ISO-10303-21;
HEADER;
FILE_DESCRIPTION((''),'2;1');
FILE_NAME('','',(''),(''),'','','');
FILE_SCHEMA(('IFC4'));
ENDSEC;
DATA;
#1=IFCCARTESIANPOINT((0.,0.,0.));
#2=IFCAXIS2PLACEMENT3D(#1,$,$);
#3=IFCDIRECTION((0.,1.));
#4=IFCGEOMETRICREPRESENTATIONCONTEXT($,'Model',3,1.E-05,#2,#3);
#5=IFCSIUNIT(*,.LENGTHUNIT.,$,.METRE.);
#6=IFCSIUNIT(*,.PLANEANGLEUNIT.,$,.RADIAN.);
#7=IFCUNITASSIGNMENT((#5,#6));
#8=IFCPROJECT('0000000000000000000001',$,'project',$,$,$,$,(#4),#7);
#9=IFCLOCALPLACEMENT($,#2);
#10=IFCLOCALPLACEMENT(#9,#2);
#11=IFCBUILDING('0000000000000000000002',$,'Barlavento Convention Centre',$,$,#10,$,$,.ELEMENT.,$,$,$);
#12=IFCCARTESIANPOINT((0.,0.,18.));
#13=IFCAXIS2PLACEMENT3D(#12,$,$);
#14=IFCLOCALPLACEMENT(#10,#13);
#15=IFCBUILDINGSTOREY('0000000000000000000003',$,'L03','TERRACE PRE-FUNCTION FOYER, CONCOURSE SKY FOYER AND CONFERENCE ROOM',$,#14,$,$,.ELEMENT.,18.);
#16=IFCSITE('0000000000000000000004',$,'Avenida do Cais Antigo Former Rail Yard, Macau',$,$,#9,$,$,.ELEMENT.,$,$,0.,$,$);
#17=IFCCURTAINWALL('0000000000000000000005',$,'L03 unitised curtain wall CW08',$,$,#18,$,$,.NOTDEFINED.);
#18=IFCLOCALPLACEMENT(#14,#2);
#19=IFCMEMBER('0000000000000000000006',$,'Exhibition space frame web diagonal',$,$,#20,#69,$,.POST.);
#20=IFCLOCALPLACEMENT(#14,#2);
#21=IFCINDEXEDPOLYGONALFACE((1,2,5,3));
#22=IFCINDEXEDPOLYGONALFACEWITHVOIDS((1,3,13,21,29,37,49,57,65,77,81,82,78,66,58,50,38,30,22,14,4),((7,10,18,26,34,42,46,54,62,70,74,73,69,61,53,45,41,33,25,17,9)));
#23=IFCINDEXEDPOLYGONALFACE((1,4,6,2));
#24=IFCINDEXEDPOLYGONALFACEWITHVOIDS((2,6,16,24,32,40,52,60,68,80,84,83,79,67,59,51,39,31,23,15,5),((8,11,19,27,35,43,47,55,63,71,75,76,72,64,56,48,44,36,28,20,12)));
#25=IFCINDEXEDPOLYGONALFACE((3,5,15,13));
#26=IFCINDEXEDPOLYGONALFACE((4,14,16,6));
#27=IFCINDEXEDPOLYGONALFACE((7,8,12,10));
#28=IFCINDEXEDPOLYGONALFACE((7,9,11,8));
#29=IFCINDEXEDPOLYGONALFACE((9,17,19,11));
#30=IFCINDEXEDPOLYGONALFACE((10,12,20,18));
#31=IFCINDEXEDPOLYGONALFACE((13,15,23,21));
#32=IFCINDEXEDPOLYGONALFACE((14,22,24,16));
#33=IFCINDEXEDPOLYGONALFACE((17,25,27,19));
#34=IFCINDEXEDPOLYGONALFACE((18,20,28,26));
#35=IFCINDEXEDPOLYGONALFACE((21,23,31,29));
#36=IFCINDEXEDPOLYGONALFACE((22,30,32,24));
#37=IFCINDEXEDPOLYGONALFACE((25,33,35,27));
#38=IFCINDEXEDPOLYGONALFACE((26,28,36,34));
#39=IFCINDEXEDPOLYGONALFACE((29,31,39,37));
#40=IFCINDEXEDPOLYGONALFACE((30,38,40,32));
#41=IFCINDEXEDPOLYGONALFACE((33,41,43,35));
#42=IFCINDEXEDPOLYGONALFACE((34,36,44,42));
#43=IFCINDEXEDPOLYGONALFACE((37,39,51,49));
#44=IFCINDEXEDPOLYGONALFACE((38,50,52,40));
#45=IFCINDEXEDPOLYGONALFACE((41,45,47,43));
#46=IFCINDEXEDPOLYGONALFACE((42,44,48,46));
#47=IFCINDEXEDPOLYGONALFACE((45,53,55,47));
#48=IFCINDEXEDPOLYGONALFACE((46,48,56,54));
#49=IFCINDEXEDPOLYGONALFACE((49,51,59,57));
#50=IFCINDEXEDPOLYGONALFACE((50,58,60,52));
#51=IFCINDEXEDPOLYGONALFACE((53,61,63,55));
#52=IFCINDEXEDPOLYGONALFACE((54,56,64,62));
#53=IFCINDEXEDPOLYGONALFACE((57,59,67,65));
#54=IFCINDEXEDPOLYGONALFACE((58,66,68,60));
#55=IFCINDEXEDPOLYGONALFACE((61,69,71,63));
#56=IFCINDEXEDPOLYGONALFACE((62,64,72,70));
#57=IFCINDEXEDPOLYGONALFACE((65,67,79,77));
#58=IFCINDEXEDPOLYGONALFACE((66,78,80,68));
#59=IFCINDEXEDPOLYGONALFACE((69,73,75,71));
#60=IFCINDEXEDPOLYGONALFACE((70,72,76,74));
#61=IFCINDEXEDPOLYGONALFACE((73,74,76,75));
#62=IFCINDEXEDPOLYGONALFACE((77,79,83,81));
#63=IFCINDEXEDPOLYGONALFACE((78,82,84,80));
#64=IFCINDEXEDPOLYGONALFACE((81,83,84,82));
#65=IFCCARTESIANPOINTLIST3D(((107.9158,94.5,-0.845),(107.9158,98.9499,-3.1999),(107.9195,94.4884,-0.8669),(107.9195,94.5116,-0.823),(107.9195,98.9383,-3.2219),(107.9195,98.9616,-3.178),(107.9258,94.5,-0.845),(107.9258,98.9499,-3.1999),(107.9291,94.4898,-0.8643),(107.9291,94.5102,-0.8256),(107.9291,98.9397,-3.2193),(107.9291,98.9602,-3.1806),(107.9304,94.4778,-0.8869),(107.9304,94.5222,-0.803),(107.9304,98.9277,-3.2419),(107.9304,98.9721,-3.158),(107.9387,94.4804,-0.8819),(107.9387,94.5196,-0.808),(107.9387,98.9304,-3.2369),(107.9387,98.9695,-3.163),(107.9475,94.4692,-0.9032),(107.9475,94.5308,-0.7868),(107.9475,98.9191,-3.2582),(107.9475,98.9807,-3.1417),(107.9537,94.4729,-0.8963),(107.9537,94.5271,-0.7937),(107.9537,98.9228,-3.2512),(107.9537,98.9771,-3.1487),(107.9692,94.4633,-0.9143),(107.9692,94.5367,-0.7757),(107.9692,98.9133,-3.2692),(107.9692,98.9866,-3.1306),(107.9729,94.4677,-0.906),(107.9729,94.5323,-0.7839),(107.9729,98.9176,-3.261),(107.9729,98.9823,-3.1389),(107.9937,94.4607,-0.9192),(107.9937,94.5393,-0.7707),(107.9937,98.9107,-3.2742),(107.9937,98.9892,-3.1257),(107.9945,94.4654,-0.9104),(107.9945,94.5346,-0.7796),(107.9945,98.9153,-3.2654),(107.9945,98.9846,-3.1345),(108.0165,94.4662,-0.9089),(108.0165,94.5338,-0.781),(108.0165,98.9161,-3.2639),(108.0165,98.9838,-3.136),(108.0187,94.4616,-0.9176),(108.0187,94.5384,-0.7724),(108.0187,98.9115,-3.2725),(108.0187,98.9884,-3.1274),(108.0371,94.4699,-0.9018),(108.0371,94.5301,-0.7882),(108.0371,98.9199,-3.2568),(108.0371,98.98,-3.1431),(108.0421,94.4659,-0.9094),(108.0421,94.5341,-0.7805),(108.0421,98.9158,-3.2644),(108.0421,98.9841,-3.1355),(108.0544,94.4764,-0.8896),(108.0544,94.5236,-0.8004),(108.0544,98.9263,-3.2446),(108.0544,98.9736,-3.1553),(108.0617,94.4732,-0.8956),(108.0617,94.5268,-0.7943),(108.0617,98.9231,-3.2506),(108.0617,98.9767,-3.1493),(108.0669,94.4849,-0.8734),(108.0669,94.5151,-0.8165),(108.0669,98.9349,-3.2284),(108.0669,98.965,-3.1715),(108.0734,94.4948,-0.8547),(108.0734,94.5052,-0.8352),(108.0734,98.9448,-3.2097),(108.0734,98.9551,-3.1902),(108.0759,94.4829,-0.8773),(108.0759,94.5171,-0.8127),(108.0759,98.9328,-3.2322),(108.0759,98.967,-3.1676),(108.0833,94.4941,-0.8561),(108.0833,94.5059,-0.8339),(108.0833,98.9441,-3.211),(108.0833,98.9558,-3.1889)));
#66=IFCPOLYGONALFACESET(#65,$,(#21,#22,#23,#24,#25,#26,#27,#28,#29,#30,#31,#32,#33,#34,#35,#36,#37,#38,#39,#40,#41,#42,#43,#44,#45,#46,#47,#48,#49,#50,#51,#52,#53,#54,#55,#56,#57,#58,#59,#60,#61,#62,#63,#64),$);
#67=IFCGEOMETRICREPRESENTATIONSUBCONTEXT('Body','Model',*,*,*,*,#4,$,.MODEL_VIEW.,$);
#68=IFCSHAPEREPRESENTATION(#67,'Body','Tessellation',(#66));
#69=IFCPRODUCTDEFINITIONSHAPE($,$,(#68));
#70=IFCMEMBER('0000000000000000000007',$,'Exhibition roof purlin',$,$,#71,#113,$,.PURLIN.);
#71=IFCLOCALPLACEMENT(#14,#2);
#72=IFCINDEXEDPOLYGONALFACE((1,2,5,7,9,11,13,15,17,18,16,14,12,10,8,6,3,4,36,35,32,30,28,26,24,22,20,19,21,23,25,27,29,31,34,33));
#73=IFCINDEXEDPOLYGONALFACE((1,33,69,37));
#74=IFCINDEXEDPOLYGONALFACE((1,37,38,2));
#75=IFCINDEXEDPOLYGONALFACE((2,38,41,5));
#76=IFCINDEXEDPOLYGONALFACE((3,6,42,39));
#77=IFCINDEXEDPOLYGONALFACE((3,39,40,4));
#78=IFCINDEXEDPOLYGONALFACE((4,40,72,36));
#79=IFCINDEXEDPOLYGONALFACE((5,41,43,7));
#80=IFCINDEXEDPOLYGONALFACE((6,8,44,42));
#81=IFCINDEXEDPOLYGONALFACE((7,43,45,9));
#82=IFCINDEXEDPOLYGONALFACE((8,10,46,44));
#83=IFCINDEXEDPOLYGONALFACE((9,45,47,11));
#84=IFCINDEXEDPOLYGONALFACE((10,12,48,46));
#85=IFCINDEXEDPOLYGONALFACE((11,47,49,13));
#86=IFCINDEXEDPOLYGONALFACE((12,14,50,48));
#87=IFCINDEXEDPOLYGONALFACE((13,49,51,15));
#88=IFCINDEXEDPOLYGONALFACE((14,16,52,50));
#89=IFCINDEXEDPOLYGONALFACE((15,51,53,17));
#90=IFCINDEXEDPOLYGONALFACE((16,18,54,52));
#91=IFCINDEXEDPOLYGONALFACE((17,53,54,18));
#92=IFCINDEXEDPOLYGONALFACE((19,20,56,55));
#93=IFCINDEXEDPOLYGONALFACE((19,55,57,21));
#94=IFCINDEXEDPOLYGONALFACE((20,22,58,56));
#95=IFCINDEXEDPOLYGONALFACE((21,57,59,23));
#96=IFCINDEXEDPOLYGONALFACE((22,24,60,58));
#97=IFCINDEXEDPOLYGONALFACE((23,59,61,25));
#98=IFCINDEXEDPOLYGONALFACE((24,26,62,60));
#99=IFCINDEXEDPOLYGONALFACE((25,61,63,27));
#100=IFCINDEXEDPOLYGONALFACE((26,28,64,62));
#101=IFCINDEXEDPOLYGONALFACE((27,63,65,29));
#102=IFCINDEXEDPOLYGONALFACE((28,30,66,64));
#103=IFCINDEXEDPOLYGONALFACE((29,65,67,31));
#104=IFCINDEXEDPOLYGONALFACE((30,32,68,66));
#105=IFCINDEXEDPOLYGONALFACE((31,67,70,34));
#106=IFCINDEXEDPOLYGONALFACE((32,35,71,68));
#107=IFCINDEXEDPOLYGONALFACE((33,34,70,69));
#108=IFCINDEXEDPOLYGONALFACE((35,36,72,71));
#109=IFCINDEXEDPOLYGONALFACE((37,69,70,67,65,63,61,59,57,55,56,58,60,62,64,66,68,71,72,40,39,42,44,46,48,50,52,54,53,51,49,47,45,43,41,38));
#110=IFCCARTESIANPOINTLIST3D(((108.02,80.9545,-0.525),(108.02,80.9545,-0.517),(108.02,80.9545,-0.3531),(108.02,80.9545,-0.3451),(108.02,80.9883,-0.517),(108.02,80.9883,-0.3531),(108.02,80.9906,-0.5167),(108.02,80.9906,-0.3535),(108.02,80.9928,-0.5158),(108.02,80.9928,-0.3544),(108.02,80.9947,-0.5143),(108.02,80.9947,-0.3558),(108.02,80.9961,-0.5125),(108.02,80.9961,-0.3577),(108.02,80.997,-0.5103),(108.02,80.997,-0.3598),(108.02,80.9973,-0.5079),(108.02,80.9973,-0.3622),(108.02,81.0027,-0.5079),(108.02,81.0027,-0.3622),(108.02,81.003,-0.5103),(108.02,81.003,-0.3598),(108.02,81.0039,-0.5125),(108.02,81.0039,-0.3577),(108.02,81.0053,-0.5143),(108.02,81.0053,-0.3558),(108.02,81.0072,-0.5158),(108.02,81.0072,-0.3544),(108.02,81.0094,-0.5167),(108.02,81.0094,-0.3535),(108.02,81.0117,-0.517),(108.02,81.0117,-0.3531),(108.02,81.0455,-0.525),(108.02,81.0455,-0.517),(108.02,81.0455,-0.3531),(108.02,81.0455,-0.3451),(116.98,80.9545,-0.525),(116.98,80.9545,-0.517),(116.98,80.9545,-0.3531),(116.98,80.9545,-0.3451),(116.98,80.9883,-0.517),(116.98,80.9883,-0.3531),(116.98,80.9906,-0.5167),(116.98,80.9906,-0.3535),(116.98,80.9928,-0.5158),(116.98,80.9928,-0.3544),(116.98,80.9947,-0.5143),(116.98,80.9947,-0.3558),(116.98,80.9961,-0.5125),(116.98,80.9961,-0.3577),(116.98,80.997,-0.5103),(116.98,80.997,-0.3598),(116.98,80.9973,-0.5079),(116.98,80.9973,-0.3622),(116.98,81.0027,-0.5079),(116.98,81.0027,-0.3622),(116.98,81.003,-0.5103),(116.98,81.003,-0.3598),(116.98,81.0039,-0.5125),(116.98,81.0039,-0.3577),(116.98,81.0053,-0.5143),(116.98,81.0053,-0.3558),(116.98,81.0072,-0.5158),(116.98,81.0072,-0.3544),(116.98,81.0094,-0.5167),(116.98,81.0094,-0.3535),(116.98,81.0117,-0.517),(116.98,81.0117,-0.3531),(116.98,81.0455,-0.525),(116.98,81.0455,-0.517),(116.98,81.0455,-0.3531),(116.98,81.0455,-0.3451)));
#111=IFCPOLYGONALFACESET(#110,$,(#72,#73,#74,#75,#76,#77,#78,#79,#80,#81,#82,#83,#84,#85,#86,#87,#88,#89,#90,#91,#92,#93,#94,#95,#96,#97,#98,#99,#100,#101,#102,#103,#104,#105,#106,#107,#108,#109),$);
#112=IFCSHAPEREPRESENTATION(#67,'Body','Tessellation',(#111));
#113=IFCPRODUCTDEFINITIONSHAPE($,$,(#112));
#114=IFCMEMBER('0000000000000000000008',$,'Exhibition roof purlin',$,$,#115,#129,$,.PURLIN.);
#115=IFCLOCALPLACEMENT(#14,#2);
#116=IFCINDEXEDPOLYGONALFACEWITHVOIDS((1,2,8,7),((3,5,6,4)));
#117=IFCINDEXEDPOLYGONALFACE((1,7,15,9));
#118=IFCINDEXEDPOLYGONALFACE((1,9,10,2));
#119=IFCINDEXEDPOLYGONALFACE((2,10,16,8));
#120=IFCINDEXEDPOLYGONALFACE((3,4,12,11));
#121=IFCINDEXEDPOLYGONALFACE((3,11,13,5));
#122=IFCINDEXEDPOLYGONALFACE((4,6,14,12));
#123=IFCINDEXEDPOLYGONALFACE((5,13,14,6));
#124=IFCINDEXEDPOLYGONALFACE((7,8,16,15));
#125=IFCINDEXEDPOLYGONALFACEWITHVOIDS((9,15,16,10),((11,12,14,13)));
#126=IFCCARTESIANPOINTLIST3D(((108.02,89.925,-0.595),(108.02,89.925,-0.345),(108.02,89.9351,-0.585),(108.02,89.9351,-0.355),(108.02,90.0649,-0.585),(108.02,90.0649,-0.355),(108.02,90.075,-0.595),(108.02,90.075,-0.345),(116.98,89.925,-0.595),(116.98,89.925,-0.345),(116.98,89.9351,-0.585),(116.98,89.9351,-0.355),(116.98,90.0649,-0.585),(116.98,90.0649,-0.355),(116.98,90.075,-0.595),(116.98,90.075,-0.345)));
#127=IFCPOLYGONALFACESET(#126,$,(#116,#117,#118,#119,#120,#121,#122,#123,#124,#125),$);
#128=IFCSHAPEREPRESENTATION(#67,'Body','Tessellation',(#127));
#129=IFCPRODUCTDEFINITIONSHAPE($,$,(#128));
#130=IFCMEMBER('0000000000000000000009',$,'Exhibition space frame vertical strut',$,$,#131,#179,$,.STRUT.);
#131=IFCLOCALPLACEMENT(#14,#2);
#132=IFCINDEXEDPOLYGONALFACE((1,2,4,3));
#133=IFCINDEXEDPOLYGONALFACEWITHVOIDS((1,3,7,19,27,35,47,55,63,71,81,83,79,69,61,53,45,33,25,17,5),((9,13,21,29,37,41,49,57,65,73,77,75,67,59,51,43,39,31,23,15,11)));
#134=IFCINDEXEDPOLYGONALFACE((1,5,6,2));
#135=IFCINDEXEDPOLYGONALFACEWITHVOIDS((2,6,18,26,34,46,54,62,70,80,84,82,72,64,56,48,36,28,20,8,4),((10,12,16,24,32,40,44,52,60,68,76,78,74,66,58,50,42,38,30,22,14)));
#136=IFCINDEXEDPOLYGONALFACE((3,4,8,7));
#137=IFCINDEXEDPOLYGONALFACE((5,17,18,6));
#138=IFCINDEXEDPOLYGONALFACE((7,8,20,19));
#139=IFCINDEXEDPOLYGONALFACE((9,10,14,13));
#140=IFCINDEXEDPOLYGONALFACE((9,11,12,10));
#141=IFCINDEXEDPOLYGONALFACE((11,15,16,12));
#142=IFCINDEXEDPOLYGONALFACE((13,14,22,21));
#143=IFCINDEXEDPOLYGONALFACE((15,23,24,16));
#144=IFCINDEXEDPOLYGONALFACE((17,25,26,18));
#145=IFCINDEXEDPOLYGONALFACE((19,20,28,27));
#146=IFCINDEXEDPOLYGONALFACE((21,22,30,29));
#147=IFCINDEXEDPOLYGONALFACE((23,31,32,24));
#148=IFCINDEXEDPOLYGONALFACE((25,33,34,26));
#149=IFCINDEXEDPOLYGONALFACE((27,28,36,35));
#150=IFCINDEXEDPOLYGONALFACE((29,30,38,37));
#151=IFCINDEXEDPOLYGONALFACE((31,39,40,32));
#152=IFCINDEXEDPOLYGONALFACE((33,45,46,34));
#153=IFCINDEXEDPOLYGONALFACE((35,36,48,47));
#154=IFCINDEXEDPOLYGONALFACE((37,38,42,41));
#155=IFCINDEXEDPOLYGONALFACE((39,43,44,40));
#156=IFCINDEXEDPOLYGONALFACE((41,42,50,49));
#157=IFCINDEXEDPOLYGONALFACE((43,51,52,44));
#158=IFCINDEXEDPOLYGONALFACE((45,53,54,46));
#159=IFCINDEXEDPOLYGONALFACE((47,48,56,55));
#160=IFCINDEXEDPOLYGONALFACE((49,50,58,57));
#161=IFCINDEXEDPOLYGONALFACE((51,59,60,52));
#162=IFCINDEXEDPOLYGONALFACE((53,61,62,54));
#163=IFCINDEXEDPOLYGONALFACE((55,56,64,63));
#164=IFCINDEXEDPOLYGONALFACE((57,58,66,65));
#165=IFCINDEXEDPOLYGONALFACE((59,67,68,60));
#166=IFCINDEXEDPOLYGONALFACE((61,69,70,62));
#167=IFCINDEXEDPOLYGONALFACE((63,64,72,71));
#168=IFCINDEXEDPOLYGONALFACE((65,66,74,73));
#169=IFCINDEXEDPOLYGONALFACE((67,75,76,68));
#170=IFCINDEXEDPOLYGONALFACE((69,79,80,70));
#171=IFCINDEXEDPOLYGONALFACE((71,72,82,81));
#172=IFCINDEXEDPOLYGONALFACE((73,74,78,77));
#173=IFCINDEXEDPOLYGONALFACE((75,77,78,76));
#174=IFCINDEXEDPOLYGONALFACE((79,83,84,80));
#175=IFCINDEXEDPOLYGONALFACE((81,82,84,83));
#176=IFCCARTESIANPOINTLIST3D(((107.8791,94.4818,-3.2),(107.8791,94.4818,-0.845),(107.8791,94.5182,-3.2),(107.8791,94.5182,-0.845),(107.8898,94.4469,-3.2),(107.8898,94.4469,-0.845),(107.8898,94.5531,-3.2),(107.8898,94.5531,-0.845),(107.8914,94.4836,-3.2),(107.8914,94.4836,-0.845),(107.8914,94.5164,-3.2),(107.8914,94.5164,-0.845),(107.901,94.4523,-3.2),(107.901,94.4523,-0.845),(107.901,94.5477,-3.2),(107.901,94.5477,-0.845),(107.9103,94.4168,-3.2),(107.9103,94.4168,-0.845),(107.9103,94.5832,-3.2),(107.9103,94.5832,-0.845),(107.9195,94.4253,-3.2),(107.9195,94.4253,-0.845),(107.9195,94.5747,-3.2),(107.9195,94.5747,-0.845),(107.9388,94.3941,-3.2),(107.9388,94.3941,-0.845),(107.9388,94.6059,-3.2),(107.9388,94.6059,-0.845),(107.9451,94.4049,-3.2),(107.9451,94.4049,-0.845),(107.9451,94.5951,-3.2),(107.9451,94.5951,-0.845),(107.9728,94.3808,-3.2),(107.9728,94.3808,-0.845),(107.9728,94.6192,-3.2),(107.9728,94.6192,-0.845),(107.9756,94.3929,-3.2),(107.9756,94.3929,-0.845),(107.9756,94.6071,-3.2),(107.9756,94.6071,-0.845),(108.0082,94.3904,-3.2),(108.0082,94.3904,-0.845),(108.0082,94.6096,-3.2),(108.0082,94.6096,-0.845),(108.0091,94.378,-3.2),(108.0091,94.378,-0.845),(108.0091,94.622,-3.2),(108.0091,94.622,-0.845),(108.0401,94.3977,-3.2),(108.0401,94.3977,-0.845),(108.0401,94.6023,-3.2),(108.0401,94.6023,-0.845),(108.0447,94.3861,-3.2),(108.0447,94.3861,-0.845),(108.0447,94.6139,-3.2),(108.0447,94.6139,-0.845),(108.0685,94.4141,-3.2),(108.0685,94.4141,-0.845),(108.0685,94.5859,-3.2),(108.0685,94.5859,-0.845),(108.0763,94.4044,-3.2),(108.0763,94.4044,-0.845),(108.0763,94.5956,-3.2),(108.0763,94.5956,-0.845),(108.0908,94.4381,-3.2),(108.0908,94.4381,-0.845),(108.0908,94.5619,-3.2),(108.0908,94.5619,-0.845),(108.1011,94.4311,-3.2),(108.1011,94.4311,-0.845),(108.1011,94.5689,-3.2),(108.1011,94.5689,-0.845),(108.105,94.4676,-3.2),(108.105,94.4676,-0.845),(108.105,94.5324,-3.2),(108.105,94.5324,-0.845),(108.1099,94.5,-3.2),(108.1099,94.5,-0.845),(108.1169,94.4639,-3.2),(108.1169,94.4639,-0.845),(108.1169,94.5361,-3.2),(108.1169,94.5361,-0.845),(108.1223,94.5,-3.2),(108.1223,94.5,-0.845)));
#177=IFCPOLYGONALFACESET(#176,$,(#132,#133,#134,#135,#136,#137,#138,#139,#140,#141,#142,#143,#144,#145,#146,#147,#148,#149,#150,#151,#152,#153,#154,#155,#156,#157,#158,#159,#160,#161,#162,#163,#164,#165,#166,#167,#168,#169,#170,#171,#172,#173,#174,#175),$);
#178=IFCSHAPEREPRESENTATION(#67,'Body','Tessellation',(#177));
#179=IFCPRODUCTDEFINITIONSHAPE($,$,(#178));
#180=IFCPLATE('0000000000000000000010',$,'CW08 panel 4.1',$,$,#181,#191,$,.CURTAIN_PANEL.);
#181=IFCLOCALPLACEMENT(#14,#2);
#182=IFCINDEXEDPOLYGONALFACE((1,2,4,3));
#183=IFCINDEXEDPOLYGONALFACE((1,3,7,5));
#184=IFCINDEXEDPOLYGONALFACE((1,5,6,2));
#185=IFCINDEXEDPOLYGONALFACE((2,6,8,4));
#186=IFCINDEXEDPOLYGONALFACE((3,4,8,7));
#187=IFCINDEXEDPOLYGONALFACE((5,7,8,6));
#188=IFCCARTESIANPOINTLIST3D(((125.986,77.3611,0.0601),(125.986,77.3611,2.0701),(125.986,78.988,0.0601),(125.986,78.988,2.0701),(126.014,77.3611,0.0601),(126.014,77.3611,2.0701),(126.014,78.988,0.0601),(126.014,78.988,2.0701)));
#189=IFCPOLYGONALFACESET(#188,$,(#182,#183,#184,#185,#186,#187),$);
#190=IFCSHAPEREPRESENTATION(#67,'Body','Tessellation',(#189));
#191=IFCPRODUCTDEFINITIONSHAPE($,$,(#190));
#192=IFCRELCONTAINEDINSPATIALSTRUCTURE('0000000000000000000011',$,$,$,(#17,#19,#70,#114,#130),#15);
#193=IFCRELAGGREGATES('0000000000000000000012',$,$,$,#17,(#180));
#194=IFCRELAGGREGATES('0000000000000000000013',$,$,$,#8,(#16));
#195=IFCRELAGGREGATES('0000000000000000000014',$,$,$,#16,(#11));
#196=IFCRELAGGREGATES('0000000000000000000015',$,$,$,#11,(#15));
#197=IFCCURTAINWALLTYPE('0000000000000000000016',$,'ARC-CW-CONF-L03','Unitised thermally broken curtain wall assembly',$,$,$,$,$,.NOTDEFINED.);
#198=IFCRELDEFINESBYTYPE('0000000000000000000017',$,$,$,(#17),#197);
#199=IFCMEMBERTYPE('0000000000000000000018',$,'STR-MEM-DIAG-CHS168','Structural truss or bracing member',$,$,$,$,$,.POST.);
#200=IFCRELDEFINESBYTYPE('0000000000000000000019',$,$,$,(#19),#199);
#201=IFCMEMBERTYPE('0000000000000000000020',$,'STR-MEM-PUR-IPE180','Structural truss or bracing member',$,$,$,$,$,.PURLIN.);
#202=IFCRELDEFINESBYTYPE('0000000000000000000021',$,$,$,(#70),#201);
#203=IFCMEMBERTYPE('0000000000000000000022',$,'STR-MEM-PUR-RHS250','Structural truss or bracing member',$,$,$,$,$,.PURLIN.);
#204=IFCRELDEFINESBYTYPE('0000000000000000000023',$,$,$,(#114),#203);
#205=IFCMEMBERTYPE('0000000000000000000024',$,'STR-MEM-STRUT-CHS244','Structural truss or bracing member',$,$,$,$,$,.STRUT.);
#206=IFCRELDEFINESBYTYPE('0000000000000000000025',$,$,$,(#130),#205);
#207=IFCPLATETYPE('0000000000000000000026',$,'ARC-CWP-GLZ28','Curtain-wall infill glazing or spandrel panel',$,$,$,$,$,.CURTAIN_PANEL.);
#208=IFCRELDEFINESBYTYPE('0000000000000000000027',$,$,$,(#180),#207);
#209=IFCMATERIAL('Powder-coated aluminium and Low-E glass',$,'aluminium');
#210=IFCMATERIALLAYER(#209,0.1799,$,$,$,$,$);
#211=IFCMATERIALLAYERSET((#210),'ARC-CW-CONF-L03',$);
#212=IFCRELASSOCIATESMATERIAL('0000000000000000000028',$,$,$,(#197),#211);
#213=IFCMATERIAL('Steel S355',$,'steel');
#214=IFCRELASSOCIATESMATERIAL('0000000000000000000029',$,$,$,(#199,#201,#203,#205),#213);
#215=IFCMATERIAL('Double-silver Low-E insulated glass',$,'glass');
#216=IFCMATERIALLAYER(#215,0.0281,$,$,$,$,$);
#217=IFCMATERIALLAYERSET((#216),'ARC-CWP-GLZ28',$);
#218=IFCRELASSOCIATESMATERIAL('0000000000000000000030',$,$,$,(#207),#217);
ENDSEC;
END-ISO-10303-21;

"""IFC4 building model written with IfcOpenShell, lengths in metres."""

from ifc_helpers import new_model, si_unit, direction, frame, origin, origin_2d, place, context, subcontext, project, spatial, rectangle, hollow_rectangle, hollow_circle, i_section, extrude, material, layer, layer_set, material_profile, profile_set, type_object, element, aggregate, save


model = new_model("IFC4")

# Units and contexts
model_context = context("Model", 3, precision=1e-05, world=origin(), true_north=direction((0.0, 1.0)))
body_context = subcontext(model_context, "Body", "Model", "MODEL_VIEW")
ifc_project = project(units=[si_unit("LENGTHUNIT", "METRE"), si_unit("PLANEANGLEUNIT", "RADIAN")], contexts=[model_context])

# Site, building, storey
site_placement = place(None, origin())
site = spatial("IfcSite", under=ifc_project, at=site_placement, Name="Avenida do Cais Antigo Former Rail Yard, Macau", CompositionType="ELEMENT", RefElevation=0.0)
building_placement = place(site_placement, origin())
building = spatial("IfcBuilding", under=site, at=building_placement, Name="Barlavento Convention Centre", CompositionType="ELEMENT")
storey_placement = place(building_placement, frame((0.0, 0.0, 18.0)))
storey = spatial("IfcBuildingStorey", under=building, at=storey_placement, Name="L03", Description="TERRACE PRE-FUNCTION FOYER, CONCOURSE SKY FOYER AND CONFERENCE ROOM", CompositionType="ELEMENT", Elevation=18.0)

# Curtain wall
ifc_material_1 = material(Name="Powder-coated aluminium and Low-E glass", Category="aluminium")
ifc_layer_1 = layer(ifc_material_1, 0.1799)
ifc_layer_set_1 = layer_set([ifc_layer_1], Name="ARC-CW-CONF-L03")
curtain_wall_type = type_object("IfcCurtainWallType", Name="ARC-CW-CONF-L03", Description="Unitised thermally broken curtain wall assembly", PredefinedType="NOTDEFINED", material=ifc_layer_set_1)
curtain_wall_placement = place(storey_placement, origin())
curtain_wall = element("IfcCurtainWall", 1, at=curtain_wall_placement, inside=storey, type_object=curtain_wall_type, Name="L03 unitised curtain wall CW08", PredefinedType="NOTDEFINED")

# Shared definitions
ifc_material_2 = material(Name="Steel S355", Category="steel")

# Members
ifc_material_profile_1 = material_profile(ifc_material_2, hollow_circle(Radius=0.0842, WallThickness=0.01, at=origin_2d()), Name="CHS 168.3x10.0")
ifc_profile_set_1 = profile_set([ifc_material_profile_1], Name="Steel S355")
member_type_1 = type_object("IfcMemberType", Name="STR-MEM-DIAG-CHS168", Description="Structural truss or bracing member", PredefinedType="POST", material=ifc_profile_set_1)
member_1_placement = place(storey_placement, frame((108.0, 94.5, -0.845), z_axis=(0.0, 0.88386, -0.467752), x_axis=(-1.0, 0.0, 0.0)))
element("IfcMember", 2, at=member_1_placement, inside=storey, type_object=member_type_1, Name="Exhibition space frame web diagonal", PredefinedType="POST", context=body_context, shape_type="SweptSolid", body=[
    extrude(hollow_circle(Radius=0.0842, WallThickness=0.01, at=origin_2d()), origin(), (0.0, 0.0, 1.0), 5.0347),
])
ifc_material_profile_2 = material_profile(ifc_material_2, i_section(OverallWidth=0.0911, OverallDepth=0.1799, WebThickness=0.0054, FlangeThickness=0.0081, FilletRadius=0.009, at=origin_2d()), Name="IPE 180")
ifc_profile_set_2 = profile_set([ifc_material_profile_2], Name="Steel S355")
member_type_2 = type_object("IfcMemberType", Name="STR-MEM-PUR-IPE180", Description="Structural truss or bracing member", PredefinedType="PURLIN", material=ifc_profile_set_2)
member_2_placement = place(storey_placement, frame((108.02, 81.0, -0.4351), z_axis=(1.0, 0.0, 0.0), x_axis=(0.0, 1.0, 0.0)))
element("IfcMember", 3, at=member_2_placement, inside=storey, type_object=member_type_2, Name="Exhibition roof purlin", PredefinedType="PURLIN", context=body_context, shape_type="SweptSolid", body=[
    extrude(i_section(OverallWidth=0.0911, OverallDepth=0.1799, WebThickness=0.0054, FlangeThickness=0.0081, FilletRadius=0.009, at=origin_2d()), origin(), (0.0, 0.0, 1.0), 8.96),
])
ifc_material_profile_3 = material_profile(ifc_material_2, hollow_rectangle(XDim=0.1499, YDim=0.25, WallThickness=0.01, at=origin_2d()), Name="RHS 250x150x10.0")
ifc_profile_set_3 = profile_set([ifc_material_profile_3], Name="Steel S355")
member_type_3 = type_object("IfcMemberType", Name="STR-MEM-PUR-RHS250", Description="Structural truss or bracing member", PredefinedType="PURLIN", material=ifc_profile_set_3)
member_3_placement = place(storey_placement, frame((108.02, 90.0, -0.47), z_axis=(1.0, 0.0, 0.0), x_axis=(0.0, 1.0, 0.0)))
element("IfcMember", 4, at=member_3_placement, inside=storey, type_object=member_type_3, Name="Exhibition roof purlin", PredefinedType="PURLIN", context=body_context, shape_type="SweptSolid", body=[
    extrude(hollow_rectangle(XDim=0.1499, YDim=0.25, WallThickness=0.01, at=origin_2d()), origin(), (0.0, 0.0, 1.0), 8.96),
])
ifc_material_profile_4 = material_profile(ifc_material_2, hollow_circle(Radius=0.1223, WallThickness=0.0125, at=origin_2d()), Name="CHS 244.5x12.5")
ifc_profile_set_4 = profile_set([ifc_material_profile_4], Name="Steel S355")
member_type_4 = type_object("IfcMemberType", Name="STR-MEM-STRUT-CHS244", Description="Structural truss or bracing member", PredefinedType="STRUT", material=ifc_profile_set_4)
member_4_placement = place(storey_placement, frame((108.0, 94.5, -3.2), z_axis=(0.0, 0.0, 1.0), x_axis=(1.0, 0.0, 0.0)))
element("IfcMember", 5, at=member_4_placement, inside=storey, type_object=member_type_4, Name="Exhibition space frame vertical strut", PredefinedType="STRUT", context=body_context, shape_type="SweptSolid", body=[
    extrude(hollow_circle(Radius=0.1223, WallThickness=0.0125, at=origin_2d()), origin(), (0.0, 0.0, 1.0), 2.355),
])

# Plate
ifc_material_3 = material(Name="Double-silver Low-E insulated glass", Category="glass")
ifc_layer_2 = layer(ifc_material_3, 0.0281)
ifc_layer_set_2 = layer_set([ifc_layer_2], Name="ARC-CWP-GLZ28")
plate_type = type_object("IfcPlateType", Name="ARC-CWP-GLZ28", Description="Curtain-wall infill glazing or spandrel panel", PredefinedType="CURTAIN_PANEL", material=ifc_layer_set_2)
plate_1_placement = place(storey_placement, frame((126.0, 78.1746, 0.0601), z_axis=(0.0, 0.0, 1.0), x_axis=(0.0, 1.0, 0.0)))
plate_1 = element("IfcPlate", 6, at=plate_1_placement, type_object=plate_type, Name="CW08 panel 4.1", PredefinedType="CURTAIN_PANEL", context=body_context, shape_type="SweptSolid", body=[
    extrude(rectangle(XDim=1.627, YDim=0.0281, at=origin_2d()), origin(), (0.0, 0.0, 1.0), 2.01),
])
aggregate(curtain_wall, [plate_1])

save(model, "model.ifc")
